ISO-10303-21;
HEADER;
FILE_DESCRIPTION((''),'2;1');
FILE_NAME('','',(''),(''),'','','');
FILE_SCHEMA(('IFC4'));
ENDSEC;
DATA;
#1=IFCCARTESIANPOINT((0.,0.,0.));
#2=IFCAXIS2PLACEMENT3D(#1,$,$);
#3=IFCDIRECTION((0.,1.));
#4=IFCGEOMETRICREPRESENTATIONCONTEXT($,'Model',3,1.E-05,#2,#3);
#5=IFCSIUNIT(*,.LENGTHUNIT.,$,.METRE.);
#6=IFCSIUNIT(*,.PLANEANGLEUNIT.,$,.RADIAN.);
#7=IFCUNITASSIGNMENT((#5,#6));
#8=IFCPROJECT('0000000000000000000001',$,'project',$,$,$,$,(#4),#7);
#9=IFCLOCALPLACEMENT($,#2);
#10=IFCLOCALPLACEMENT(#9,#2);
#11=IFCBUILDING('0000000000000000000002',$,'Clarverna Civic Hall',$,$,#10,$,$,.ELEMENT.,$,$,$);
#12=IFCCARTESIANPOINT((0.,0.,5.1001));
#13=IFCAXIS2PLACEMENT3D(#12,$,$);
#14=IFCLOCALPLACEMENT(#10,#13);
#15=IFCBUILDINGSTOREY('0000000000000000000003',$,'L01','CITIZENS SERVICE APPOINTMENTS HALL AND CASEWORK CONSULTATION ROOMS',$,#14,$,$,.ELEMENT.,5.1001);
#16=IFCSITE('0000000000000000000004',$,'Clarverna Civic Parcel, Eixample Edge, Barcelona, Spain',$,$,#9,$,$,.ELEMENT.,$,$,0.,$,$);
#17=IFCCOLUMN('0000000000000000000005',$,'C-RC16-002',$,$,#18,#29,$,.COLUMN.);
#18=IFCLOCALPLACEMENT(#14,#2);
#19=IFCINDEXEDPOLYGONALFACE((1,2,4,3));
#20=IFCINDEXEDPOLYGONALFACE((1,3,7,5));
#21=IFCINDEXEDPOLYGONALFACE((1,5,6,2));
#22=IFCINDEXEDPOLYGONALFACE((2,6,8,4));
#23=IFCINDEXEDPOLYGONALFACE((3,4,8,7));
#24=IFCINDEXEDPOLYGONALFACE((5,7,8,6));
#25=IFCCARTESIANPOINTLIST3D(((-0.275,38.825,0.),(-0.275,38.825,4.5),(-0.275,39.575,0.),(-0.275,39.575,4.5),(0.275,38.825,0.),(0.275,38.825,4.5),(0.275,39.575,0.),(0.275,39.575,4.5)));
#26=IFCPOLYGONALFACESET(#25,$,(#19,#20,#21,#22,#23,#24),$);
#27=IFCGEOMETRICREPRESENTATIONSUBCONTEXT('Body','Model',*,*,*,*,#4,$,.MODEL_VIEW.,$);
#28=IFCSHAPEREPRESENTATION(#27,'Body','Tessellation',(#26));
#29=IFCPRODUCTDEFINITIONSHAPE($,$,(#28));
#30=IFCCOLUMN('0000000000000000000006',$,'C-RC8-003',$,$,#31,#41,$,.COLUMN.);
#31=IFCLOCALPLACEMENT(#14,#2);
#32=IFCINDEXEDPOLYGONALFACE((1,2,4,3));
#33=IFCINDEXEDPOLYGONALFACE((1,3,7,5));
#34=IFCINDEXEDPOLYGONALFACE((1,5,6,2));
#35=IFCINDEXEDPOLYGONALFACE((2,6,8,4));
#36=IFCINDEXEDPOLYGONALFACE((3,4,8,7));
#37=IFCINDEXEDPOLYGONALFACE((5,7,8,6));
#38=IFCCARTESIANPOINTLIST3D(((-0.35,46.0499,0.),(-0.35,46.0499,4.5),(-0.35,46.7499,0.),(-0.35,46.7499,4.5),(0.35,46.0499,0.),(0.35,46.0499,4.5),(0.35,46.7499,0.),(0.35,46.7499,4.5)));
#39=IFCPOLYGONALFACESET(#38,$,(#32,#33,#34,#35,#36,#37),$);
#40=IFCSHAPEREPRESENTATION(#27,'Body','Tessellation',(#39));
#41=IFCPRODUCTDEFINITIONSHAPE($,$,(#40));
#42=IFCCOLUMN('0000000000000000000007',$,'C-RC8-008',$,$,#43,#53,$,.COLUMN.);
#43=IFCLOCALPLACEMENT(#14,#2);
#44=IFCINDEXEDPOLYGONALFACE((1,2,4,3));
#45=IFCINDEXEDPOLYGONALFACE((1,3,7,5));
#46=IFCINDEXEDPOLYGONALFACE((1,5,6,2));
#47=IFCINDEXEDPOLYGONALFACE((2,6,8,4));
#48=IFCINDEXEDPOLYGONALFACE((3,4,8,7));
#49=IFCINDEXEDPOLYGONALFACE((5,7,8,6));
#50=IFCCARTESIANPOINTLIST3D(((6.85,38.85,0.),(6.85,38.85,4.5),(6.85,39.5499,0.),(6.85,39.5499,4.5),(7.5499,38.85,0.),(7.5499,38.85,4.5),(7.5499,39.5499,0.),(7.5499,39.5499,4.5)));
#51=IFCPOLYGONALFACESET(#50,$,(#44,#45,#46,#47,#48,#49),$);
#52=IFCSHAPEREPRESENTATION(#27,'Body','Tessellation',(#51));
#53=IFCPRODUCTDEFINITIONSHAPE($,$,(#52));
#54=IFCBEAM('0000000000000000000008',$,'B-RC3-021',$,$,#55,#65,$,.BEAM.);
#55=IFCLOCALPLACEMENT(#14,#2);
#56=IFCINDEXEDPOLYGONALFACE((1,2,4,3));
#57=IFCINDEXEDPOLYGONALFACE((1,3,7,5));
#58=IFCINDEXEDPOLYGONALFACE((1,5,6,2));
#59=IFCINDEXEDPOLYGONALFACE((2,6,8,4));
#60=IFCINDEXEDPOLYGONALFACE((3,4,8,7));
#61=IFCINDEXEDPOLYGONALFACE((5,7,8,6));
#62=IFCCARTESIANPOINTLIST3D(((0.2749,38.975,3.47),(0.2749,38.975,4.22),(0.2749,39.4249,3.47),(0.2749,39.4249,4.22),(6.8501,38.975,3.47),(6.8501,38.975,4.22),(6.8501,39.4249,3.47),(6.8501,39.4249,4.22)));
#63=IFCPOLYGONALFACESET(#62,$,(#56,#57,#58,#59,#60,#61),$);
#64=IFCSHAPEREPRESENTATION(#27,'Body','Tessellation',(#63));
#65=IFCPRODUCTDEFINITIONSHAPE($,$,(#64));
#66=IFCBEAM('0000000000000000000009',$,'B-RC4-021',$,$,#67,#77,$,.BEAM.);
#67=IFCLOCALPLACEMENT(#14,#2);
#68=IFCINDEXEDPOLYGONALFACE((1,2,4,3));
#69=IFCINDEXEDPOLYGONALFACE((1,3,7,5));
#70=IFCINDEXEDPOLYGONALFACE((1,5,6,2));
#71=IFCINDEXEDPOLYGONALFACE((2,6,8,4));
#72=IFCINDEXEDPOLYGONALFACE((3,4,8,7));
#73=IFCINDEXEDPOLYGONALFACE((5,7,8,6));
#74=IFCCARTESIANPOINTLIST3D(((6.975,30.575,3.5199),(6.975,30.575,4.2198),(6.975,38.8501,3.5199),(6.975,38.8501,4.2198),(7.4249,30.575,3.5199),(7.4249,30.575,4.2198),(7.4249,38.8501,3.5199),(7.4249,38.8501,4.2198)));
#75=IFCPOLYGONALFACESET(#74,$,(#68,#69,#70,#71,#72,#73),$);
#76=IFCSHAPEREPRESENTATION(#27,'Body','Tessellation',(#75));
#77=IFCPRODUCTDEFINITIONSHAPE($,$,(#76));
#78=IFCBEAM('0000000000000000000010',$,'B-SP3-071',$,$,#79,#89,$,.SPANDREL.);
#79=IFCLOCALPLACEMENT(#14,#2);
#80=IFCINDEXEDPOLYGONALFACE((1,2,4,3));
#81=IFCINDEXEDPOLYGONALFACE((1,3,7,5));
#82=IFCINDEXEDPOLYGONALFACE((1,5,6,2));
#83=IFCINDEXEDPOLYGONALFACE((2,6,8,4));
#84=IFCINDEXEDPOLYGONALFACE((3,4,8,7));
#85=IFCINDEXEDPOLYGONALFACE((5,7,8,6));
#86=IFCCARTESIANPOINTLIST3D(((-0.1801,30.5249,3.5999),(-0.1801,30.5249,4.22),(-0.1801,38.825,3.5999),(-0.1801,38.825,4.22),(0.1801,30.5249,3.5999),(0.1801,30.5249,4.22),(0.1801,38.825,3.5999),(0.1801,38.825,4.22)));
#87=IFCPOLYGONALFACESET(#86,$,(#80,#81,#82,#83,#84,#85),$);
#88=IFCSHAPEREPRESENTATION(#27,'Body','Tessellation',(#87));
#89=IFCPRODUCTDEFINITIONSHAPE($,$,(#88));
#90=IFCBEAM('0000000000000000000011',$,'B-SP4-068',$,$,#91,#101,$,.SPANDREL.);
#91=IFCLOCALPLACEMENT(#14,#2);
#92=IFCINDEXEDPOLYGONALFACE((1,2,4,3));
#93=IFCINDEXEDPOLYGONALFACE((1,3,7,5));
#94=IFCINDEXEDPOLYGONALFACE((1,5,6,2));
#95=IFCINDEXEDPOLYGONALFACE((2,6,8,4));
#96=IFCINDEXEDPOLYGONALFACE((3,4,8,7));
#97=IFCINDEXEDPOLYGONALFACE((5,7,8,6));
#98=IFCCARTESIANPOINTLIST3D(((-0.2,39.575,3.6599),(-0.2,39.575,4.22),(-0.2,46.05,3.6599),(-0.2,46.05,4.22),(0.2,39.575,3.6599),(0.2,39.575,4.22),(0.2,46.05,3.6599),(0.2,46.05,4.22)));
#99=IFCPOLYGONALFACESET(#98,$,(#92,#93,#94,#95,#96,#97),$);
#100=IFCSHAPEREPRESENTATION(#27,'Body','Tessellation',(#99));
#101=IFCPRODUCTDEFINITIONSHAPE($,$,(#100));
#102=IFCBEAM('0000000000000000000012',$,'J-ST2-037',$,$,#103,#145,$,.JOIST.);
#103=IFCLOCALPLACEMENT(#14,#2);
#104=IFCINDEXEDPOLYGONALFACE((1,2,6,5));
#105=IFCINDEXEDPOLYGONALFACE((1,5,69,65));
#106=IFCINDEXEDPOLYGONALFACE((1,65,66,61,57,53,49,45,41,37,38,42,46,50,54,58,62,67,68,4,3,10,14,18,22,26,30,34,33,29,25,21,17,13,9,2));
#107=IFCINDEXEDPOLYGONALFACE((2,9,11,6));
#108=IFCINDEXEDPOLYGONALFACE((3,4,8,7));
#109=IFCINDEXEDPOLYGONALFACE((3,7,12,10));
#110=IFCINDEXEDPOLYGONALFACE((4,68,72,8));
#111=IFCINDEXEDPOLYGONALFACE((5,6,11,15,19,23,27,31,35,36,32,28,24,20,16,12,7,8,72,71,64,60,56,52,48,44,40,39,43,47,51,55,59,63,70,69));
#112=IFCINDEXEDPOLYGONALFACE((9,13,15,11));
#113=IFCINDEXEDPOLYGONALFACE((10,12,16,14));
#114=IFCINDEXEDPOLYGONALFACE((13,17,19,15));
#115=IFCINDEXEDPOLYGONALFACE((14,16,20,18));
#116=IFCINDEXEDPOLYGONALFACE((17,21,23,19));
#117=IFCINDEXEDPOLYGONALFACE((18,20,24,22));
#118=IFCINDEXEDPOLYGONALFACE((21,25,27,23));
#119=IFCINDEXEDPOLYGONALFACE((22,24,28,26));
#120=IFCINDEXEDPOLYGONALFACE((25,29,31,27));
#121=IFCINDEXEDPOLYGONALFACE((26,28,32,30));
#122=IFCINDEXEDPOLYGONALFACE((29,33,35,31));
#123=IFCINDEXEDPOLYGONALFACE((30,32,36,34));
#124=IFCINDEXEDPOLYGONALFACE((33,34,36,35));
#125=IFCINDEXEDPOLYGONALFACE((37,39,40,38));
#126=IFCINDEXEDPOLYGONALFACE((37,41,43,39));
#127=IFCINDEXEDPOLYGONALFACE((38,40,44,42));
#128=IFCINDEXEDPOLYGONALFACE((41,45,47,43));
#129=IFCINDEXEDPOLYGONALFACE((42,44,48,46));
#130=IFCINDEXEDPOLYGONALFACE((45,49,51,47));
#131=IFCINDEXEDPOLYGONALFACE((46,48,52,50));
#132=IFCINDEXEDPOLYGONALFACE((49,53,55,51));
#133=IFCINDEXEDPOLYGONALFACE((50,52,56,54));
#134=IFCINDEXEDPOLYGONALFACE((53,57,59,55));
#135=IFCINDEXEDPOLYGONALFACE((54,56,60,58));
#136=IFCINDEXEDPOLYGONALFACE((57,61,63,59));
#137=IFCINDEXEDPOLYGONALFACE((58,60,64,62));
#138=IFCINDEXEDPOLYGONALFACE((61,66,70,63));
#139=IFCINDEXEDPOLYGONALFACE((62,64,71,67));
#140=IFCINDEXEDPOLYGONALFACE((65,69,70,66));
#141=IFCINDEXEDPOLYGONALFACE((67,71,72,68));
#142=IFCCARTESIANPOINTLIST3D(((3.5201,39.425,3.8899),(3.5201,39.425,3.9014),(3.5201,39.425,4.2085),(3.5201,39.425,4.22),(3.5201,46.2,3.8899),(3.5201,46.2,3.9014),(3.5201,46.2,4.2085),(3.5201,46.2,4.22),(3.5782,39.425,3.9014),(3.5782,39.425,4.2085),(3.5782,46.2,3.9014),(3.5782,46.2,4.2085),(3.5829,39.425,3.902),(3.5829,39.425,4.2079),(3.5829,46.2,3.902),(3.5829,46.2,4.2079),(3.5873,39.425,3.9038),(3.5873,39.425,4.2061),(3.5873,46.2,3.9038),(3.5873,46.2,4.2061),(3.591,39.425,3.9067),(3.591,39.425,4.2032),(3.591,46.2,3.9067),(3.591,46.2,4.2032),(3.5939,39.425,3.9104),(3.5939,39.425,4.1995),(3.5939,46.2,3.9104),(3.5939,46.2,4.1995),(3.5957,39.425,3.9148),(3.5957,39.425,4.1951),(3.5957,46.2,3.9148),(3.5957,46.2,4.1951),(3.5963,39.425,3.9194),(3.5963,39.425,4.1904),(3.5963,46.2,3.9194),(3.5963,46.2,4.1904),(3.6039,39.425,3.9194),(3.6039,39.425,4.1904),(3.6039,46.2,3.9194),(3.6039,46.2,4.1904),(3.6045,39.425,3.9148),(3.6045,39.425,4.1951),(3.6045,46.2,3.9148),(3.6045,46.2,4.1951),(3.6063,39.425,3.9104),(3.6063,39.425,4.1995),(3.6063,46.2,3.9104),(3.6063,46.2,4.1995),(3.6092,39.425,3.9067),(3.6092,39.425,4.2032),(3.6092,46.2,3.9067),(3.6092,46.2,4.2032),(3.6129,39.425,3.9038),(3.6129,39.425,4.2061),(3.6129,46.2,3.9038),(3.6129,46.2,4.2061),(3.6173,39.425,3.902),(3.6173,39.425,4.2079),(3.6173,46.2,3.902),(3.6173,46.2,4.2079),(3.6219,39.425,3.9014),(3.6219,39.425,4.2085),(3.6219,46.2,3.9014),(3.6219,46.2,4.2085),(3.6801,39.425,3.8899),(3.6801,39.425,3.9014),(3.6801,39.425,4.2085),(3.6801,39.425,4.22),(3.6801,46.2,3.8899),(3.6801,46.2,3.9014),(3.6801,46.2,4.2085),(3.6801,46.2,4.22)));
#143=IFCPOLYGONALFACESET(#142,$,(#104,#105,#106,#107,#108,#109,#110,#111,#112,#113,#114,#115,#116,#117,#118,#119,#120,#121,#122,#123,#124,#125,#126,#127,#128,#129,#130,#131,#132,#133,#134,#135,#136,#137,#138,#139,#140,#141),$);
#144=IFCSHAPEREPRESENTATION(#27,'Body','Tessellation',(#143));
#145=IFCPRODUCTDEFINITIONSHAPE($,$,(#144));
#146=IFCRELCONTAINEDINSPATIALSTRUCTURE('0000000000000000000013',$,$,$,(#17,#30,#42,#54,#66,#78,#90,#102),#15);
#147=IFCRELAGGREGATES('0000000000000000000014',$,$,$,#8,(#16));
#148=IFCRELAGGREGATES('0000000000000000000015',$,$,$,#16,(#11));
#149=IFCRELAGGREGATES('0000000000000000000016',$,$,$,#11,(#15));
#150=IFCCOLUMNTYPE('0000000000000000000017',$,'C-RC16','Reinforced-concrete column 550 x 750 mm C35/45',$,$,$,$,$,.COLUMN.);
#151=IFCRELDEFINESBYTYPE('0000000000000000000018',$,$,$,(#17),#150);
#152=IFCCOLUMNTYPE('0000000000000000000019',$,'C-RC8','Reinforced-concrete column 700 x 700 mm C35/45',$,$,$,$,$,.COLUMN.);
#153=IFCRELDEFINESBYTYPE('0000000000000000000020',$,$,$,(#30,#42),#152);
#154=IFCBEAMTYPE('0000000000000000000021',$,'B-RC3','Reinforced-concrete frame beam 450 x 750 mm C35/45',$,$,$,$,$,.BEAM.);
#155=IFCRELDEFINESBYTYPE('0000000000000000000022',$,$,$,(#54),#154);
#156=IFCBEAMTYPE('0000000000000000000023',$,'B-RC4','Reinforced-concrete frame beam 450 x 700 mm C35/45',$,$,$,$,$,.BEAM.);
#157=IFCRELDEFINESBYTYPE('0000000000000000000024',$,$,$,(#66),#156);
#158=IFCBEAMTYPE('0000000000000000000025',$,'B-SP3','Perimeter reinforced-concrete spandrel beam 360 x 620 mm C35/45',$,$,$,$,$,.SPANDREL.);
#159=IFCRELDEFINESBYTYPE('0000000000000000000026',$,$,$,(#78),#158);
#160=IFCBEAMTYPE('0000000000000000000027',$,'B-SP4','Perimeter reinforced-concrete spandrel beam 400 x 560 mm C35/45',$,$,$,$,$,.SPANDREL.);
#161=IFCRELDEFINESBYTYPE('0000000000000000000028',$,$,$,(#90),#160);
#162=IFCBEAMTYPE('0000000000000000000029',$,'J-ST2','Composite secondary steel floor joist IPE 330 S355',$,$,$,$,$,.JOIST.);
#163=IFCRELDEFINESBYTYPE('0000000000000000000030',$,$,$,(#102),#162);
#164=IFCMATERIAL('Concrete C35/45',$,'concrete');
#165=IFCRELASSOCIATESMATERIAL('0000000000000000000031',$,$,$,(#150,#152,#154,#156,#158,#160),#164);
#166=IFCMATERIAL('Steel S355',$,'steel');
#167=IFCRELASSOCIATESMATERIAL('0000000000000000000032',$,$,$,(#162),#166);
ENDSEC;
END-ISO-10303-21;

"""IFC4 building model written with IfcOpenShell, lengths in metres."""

from ifc_helpers import new_model, si_unit, direction, frame, origin, origin_2d, place, context, subcontext, project, spatial, rectangle, i_section, extrude, material, material_profile, profile_set, type_object, element, save


model = new_model("IFC4")

# Units and contexts
model_context = context("Model", 3, precision=1e-05, world=origin(), true_north=direction((0.0, 1.0)))
body_context = subcontext(model_context, "Body", "Model", "MODEL_VIEW")
ifc_project = project(units=[si_unit("LENGTHUNIT", "METRE"), si_unit("PLANEANGLEUNIT", "RADIAN")], contexts=[model_context])

# Site, building, storey
site_placement = place(None, origin())
site = spatial("IfcSite", under=ifc_project, at=site_placement, Name="Clarverna Civic Parcel, Eixample Edge, Barcelona, Spain", CompositionType="ELEMENT", RefElevation=0.0)
building_placement = place(site_placement, origin())
building = spatial("IfcBuilding", under=site, at=building_placement, Name="Clarverna Civic Hall", CompositionType="ELEMENT")
storey_placement = place(building_placement, frame((0.0, 0.0, 5.1001)))
storey = spatial("IfcBuildingStorey", under=building, at=storey_placement, Name="L01", Description="CITIZENS SERVICE APPOINTMENTS HALL AND CASEWORK CONSULTATION ROOMS", CompositionType="ELEMENT", Elevation=5.1001)

# Columns
ifc_material_1 = material(Name="Concrete C35/45", Category="concrete")
ifc_material_profile_1 = material_profile(ifc_material_1, rectangle(XDim=0.55, YDim=0.75, at=origin_2d()), Name="RC 550x750")
ifc_profile_set_1 = profile_set([ifc_material_profile_1], Name="Concrete C35/45")
column_type_1 = type_object("IfcColumnType", Name="C-RC16", Description="Reinforced-concrete column 550 x 750 mm C35/45", PredefinedType="COLUMN", material=ifc_profile_set_1)
column_placement = place(storey_placement, frame((0.0, 39.2, 0.0), z_axis=(0.0, 0.0, 1.0), x_axis=(1.0, 0.0, 0.0)))
element("IfcColumn", 1, at=column_placement, inside=storey, type_object=column_type_1, Name="C-RC16-002", PredefinedType="COLUMN", context=body_context, shape_type="SweptSolid", body=[
    extrude(rectangle(XDim=0.55, YDim=0.75, at=origin_2d()), origin(), (0.0, 0.0, 1.0), 4.5),
])
ifc_material_profile_2 = material_profile(ifc_material_1, rectangle(XDim=0.7, YDim=0.7, at=origin_2d()), Name="RC 700x700")
ifc_profile_set_2 = profile_set([ifc_material_profile_2], Name="Concrete C35/45")
column_type_2 = type_object("IfcColumnType", Name="C-RC8", Description="Reinforced-concrete column 700 x 700 mm C35/45", PredefinedType="COLUMN", material=ifc_profile_set_2)
for number, where, z_axis, x_axis, name in (
    (2, (0.0, 46.3999, 0.0), (0.0, 0.0, 1.0), (1.0, 0.0, 0.0), "C-RC8-003"),
    (3, (7.2, 39.2, 0.0), (0.0, 0.0, 1.0), (1.0, 0.0, 0.0), "C-RC8-008"),
):
    element("IfcColumn", number, at=place(storey_placement, frame(where, z_axis=z_axis, x_axis=x_axis)), inside=storey, type_object=column_type_2, Name=name, PredefinedType="COLUMN", context=body_context, shape_type="SweptSolid", body=[
        extrude(rectangle(XDim=0.7, YDim=0.7, at=origin_2d()), origin(), (0.0, 0.0, 1.0), 4.5),
    ])

# Beams
ifc_material_profile_3 = material_profile(ifc_material_1, rectangle(XDim=0.45, YDim=0.75, at=origin_2d()), Name="RC 450x750")
ifc_profile_set_3 = profile_set([ifc_material_profile_3], Name="Concrete C35/45")
beam_type_1 = type_object("IfcBeamType", Name="B-RC3", Description="Reinforced-concrete frame beam 450 x 750 mm C35/45", PredefinedType="BEAM", material=ifc_profile_set_3)
beam_1_placement = place(storey_placement, frame((0.2749, 39.2, 3.845), z_axis=(1.0, 0.0, 0.0), x_axis=(0.0, 1.0, 0.0)))
element("IfcBeam", 4, at=beam_1_placement, inside=storey, type_object=beam_type_1, Name="B-RC3-021", PredefinedType="BEAM", context=body_context, shape_type="SweptSolid", body=[
    extrude(rectangle(XDim=0.45, YDim=0.75, at=origin_2d()), origin(), (0.0, 0.0, 1.0), 6.5752),
])
ifc_material_profile_4 = material_profile(ifc_material_1, rectangle(XDim=0.45, YDim=0.7, at=origin_2d()), Name="RC 450x700")
ifc_profile_set_4 = profile_set([ifc_material_profile_4], Name="Concrete C35/45")
beam_type_2 = type_object("IfcBeamType", Name="B-RC4", Description="Reinforced-concrete frame beam 450 x 700 mm C35/45", PredefinedType="BEAM", material=ifc_profile_set_4)
beam_2_placement = place(storey_placement, frame((7.2, 30.575, 3.8699), z_axis=(0.0, 1.0, 0.0), x_axis=(-1.0, 0.0, 0.0)))
element("IfcBeam", 5, at=beam_2_placement, inside=storey, type_object=beam_type_2, Name="B-RC4-021", PredefinedType="BEAM", context=body_context, shape_type="SweptSolid", body=[
    extrude(rectangle(XDim=0.45, YDim=0.7, at=origin_2d()), origin(), (0.0, 0.0, 1.0), 8.2751),
])
ifc_material_profile_5 = material_profile(ifc_material_1, rectangle(XDim=0.3601, YDim=0.6201, at=origin_2d()), Name="RC 360x620")
ifc_profile_set_5 = profile_set([ifc_material_profile_5], Name="Concrete C35/45")
beam_type_3 = type_object("IfcBeamType", Name="B-SP3", Description="Perimeter reinforced-concrete spandrel beam 360 x 620 mm C35/45", PredefinedType="SPANDREL", material=ifc_profile_set_5)
beam_3_placement = place(storey_placement, frame((0.0, 30.5249, 3.9099), z_axis=(0.0, 1.0, 0.0), x_axis=(-1.0, 0.0, 0.0)))
element("IfcBeam", 6, at=beam_3_placement, inside=storey, type_object=beam_type_3, Name="B-SP3-071", PredefinedType="SPANDREL", context=body_context, shape_type="SweptSolid", body=[
    extrude(rectangle(XDim=0.3601, YDim=0.6201, at=origin_2d()), origin(), (0.0, 0.0, 1.0), 8.3),
])
ifc_material_profile_6 = material_profile(ifc_material_1, rectangle(XDim=0.3999, YDim=0.5601, at=origin_2d()), Name="RC 400x560")
ifc_profile_set_6 = profile_set([ifc_material_profile_6], Name="Concrete C35/45")
beam_type_4 = type_object("IfcBeamType", Name="B-SP4", Description="Perimeter reinforced-concrete spandrel beam 400 x 560 mm C35/45", PredefinedType="SPANDREL", material=ifc_profile_set_6)
beam_4_placement = place(storey_placement, frame((0.0, 39.575, 3.9399), z_axis=(0.0, 1.0, 0.0), x_axis=(-1.0, 0.0, 0.0)))
element("IfcBeam", 7, at=beam_4_placement, inside=storey, type_object=beam_type_4, Name="B-SP4-068", PredefinedType="SPANDREL", context=body_context, shape_type="SweptSolid", body=[
    extrude(rectangle(XDim=0.3999, YDim=0.5601, at=origin_2d()), origin(), (0.0, 0.0, 1.0), 6.4751),
])
ifc_material_2 = material(Name="Steel S355", Category="steel")
ifc_material_profile_7 = material_profile(ifc_material_2, i_section(OverallWidth=0.1599, OverallDepth=0.3301, WebThickness=0.0076, FlangeThickness=0.0115, FilletRadius=0.0181, at=origin_2d()), Name="IPE 330")
ifc_profile_set_7 = profile_set([ifc_material_profile_7], Name="Steel S355")
beam_type_5 = type_object("IfcBeamType", Name="J-ST2", Description="Composite secondary steel floor joist IPE 330 S355", PredefinedType="JOIST", material=ifc_profile_set_7)
beam_5_placement = place(storey_placement, frame((3.6001, 39.425, 4.0549), z_axis=(0.0, 1.0, 0.0), x_axis=(-1.0, 0.0, 0.0)))
element("IfcBeam", 8, at=beam_5_placement, inside=storey, type_object=beam_type_5, Name="J-ST2-037", PredefinedType="JOIST", context=body_context, shape_type="SweptSolid", body=[
    extrude(i_section(OverallWidth=0.1599, OverallDepth=0.3301, WebThickness=0.0076, FlangeThickness=0.0115, FilletRadius=0.0181, at=origin_2d()), origin(), (0.0, 0.0, 1.0), 6.7749),
])

save(model, "model.ifc")
